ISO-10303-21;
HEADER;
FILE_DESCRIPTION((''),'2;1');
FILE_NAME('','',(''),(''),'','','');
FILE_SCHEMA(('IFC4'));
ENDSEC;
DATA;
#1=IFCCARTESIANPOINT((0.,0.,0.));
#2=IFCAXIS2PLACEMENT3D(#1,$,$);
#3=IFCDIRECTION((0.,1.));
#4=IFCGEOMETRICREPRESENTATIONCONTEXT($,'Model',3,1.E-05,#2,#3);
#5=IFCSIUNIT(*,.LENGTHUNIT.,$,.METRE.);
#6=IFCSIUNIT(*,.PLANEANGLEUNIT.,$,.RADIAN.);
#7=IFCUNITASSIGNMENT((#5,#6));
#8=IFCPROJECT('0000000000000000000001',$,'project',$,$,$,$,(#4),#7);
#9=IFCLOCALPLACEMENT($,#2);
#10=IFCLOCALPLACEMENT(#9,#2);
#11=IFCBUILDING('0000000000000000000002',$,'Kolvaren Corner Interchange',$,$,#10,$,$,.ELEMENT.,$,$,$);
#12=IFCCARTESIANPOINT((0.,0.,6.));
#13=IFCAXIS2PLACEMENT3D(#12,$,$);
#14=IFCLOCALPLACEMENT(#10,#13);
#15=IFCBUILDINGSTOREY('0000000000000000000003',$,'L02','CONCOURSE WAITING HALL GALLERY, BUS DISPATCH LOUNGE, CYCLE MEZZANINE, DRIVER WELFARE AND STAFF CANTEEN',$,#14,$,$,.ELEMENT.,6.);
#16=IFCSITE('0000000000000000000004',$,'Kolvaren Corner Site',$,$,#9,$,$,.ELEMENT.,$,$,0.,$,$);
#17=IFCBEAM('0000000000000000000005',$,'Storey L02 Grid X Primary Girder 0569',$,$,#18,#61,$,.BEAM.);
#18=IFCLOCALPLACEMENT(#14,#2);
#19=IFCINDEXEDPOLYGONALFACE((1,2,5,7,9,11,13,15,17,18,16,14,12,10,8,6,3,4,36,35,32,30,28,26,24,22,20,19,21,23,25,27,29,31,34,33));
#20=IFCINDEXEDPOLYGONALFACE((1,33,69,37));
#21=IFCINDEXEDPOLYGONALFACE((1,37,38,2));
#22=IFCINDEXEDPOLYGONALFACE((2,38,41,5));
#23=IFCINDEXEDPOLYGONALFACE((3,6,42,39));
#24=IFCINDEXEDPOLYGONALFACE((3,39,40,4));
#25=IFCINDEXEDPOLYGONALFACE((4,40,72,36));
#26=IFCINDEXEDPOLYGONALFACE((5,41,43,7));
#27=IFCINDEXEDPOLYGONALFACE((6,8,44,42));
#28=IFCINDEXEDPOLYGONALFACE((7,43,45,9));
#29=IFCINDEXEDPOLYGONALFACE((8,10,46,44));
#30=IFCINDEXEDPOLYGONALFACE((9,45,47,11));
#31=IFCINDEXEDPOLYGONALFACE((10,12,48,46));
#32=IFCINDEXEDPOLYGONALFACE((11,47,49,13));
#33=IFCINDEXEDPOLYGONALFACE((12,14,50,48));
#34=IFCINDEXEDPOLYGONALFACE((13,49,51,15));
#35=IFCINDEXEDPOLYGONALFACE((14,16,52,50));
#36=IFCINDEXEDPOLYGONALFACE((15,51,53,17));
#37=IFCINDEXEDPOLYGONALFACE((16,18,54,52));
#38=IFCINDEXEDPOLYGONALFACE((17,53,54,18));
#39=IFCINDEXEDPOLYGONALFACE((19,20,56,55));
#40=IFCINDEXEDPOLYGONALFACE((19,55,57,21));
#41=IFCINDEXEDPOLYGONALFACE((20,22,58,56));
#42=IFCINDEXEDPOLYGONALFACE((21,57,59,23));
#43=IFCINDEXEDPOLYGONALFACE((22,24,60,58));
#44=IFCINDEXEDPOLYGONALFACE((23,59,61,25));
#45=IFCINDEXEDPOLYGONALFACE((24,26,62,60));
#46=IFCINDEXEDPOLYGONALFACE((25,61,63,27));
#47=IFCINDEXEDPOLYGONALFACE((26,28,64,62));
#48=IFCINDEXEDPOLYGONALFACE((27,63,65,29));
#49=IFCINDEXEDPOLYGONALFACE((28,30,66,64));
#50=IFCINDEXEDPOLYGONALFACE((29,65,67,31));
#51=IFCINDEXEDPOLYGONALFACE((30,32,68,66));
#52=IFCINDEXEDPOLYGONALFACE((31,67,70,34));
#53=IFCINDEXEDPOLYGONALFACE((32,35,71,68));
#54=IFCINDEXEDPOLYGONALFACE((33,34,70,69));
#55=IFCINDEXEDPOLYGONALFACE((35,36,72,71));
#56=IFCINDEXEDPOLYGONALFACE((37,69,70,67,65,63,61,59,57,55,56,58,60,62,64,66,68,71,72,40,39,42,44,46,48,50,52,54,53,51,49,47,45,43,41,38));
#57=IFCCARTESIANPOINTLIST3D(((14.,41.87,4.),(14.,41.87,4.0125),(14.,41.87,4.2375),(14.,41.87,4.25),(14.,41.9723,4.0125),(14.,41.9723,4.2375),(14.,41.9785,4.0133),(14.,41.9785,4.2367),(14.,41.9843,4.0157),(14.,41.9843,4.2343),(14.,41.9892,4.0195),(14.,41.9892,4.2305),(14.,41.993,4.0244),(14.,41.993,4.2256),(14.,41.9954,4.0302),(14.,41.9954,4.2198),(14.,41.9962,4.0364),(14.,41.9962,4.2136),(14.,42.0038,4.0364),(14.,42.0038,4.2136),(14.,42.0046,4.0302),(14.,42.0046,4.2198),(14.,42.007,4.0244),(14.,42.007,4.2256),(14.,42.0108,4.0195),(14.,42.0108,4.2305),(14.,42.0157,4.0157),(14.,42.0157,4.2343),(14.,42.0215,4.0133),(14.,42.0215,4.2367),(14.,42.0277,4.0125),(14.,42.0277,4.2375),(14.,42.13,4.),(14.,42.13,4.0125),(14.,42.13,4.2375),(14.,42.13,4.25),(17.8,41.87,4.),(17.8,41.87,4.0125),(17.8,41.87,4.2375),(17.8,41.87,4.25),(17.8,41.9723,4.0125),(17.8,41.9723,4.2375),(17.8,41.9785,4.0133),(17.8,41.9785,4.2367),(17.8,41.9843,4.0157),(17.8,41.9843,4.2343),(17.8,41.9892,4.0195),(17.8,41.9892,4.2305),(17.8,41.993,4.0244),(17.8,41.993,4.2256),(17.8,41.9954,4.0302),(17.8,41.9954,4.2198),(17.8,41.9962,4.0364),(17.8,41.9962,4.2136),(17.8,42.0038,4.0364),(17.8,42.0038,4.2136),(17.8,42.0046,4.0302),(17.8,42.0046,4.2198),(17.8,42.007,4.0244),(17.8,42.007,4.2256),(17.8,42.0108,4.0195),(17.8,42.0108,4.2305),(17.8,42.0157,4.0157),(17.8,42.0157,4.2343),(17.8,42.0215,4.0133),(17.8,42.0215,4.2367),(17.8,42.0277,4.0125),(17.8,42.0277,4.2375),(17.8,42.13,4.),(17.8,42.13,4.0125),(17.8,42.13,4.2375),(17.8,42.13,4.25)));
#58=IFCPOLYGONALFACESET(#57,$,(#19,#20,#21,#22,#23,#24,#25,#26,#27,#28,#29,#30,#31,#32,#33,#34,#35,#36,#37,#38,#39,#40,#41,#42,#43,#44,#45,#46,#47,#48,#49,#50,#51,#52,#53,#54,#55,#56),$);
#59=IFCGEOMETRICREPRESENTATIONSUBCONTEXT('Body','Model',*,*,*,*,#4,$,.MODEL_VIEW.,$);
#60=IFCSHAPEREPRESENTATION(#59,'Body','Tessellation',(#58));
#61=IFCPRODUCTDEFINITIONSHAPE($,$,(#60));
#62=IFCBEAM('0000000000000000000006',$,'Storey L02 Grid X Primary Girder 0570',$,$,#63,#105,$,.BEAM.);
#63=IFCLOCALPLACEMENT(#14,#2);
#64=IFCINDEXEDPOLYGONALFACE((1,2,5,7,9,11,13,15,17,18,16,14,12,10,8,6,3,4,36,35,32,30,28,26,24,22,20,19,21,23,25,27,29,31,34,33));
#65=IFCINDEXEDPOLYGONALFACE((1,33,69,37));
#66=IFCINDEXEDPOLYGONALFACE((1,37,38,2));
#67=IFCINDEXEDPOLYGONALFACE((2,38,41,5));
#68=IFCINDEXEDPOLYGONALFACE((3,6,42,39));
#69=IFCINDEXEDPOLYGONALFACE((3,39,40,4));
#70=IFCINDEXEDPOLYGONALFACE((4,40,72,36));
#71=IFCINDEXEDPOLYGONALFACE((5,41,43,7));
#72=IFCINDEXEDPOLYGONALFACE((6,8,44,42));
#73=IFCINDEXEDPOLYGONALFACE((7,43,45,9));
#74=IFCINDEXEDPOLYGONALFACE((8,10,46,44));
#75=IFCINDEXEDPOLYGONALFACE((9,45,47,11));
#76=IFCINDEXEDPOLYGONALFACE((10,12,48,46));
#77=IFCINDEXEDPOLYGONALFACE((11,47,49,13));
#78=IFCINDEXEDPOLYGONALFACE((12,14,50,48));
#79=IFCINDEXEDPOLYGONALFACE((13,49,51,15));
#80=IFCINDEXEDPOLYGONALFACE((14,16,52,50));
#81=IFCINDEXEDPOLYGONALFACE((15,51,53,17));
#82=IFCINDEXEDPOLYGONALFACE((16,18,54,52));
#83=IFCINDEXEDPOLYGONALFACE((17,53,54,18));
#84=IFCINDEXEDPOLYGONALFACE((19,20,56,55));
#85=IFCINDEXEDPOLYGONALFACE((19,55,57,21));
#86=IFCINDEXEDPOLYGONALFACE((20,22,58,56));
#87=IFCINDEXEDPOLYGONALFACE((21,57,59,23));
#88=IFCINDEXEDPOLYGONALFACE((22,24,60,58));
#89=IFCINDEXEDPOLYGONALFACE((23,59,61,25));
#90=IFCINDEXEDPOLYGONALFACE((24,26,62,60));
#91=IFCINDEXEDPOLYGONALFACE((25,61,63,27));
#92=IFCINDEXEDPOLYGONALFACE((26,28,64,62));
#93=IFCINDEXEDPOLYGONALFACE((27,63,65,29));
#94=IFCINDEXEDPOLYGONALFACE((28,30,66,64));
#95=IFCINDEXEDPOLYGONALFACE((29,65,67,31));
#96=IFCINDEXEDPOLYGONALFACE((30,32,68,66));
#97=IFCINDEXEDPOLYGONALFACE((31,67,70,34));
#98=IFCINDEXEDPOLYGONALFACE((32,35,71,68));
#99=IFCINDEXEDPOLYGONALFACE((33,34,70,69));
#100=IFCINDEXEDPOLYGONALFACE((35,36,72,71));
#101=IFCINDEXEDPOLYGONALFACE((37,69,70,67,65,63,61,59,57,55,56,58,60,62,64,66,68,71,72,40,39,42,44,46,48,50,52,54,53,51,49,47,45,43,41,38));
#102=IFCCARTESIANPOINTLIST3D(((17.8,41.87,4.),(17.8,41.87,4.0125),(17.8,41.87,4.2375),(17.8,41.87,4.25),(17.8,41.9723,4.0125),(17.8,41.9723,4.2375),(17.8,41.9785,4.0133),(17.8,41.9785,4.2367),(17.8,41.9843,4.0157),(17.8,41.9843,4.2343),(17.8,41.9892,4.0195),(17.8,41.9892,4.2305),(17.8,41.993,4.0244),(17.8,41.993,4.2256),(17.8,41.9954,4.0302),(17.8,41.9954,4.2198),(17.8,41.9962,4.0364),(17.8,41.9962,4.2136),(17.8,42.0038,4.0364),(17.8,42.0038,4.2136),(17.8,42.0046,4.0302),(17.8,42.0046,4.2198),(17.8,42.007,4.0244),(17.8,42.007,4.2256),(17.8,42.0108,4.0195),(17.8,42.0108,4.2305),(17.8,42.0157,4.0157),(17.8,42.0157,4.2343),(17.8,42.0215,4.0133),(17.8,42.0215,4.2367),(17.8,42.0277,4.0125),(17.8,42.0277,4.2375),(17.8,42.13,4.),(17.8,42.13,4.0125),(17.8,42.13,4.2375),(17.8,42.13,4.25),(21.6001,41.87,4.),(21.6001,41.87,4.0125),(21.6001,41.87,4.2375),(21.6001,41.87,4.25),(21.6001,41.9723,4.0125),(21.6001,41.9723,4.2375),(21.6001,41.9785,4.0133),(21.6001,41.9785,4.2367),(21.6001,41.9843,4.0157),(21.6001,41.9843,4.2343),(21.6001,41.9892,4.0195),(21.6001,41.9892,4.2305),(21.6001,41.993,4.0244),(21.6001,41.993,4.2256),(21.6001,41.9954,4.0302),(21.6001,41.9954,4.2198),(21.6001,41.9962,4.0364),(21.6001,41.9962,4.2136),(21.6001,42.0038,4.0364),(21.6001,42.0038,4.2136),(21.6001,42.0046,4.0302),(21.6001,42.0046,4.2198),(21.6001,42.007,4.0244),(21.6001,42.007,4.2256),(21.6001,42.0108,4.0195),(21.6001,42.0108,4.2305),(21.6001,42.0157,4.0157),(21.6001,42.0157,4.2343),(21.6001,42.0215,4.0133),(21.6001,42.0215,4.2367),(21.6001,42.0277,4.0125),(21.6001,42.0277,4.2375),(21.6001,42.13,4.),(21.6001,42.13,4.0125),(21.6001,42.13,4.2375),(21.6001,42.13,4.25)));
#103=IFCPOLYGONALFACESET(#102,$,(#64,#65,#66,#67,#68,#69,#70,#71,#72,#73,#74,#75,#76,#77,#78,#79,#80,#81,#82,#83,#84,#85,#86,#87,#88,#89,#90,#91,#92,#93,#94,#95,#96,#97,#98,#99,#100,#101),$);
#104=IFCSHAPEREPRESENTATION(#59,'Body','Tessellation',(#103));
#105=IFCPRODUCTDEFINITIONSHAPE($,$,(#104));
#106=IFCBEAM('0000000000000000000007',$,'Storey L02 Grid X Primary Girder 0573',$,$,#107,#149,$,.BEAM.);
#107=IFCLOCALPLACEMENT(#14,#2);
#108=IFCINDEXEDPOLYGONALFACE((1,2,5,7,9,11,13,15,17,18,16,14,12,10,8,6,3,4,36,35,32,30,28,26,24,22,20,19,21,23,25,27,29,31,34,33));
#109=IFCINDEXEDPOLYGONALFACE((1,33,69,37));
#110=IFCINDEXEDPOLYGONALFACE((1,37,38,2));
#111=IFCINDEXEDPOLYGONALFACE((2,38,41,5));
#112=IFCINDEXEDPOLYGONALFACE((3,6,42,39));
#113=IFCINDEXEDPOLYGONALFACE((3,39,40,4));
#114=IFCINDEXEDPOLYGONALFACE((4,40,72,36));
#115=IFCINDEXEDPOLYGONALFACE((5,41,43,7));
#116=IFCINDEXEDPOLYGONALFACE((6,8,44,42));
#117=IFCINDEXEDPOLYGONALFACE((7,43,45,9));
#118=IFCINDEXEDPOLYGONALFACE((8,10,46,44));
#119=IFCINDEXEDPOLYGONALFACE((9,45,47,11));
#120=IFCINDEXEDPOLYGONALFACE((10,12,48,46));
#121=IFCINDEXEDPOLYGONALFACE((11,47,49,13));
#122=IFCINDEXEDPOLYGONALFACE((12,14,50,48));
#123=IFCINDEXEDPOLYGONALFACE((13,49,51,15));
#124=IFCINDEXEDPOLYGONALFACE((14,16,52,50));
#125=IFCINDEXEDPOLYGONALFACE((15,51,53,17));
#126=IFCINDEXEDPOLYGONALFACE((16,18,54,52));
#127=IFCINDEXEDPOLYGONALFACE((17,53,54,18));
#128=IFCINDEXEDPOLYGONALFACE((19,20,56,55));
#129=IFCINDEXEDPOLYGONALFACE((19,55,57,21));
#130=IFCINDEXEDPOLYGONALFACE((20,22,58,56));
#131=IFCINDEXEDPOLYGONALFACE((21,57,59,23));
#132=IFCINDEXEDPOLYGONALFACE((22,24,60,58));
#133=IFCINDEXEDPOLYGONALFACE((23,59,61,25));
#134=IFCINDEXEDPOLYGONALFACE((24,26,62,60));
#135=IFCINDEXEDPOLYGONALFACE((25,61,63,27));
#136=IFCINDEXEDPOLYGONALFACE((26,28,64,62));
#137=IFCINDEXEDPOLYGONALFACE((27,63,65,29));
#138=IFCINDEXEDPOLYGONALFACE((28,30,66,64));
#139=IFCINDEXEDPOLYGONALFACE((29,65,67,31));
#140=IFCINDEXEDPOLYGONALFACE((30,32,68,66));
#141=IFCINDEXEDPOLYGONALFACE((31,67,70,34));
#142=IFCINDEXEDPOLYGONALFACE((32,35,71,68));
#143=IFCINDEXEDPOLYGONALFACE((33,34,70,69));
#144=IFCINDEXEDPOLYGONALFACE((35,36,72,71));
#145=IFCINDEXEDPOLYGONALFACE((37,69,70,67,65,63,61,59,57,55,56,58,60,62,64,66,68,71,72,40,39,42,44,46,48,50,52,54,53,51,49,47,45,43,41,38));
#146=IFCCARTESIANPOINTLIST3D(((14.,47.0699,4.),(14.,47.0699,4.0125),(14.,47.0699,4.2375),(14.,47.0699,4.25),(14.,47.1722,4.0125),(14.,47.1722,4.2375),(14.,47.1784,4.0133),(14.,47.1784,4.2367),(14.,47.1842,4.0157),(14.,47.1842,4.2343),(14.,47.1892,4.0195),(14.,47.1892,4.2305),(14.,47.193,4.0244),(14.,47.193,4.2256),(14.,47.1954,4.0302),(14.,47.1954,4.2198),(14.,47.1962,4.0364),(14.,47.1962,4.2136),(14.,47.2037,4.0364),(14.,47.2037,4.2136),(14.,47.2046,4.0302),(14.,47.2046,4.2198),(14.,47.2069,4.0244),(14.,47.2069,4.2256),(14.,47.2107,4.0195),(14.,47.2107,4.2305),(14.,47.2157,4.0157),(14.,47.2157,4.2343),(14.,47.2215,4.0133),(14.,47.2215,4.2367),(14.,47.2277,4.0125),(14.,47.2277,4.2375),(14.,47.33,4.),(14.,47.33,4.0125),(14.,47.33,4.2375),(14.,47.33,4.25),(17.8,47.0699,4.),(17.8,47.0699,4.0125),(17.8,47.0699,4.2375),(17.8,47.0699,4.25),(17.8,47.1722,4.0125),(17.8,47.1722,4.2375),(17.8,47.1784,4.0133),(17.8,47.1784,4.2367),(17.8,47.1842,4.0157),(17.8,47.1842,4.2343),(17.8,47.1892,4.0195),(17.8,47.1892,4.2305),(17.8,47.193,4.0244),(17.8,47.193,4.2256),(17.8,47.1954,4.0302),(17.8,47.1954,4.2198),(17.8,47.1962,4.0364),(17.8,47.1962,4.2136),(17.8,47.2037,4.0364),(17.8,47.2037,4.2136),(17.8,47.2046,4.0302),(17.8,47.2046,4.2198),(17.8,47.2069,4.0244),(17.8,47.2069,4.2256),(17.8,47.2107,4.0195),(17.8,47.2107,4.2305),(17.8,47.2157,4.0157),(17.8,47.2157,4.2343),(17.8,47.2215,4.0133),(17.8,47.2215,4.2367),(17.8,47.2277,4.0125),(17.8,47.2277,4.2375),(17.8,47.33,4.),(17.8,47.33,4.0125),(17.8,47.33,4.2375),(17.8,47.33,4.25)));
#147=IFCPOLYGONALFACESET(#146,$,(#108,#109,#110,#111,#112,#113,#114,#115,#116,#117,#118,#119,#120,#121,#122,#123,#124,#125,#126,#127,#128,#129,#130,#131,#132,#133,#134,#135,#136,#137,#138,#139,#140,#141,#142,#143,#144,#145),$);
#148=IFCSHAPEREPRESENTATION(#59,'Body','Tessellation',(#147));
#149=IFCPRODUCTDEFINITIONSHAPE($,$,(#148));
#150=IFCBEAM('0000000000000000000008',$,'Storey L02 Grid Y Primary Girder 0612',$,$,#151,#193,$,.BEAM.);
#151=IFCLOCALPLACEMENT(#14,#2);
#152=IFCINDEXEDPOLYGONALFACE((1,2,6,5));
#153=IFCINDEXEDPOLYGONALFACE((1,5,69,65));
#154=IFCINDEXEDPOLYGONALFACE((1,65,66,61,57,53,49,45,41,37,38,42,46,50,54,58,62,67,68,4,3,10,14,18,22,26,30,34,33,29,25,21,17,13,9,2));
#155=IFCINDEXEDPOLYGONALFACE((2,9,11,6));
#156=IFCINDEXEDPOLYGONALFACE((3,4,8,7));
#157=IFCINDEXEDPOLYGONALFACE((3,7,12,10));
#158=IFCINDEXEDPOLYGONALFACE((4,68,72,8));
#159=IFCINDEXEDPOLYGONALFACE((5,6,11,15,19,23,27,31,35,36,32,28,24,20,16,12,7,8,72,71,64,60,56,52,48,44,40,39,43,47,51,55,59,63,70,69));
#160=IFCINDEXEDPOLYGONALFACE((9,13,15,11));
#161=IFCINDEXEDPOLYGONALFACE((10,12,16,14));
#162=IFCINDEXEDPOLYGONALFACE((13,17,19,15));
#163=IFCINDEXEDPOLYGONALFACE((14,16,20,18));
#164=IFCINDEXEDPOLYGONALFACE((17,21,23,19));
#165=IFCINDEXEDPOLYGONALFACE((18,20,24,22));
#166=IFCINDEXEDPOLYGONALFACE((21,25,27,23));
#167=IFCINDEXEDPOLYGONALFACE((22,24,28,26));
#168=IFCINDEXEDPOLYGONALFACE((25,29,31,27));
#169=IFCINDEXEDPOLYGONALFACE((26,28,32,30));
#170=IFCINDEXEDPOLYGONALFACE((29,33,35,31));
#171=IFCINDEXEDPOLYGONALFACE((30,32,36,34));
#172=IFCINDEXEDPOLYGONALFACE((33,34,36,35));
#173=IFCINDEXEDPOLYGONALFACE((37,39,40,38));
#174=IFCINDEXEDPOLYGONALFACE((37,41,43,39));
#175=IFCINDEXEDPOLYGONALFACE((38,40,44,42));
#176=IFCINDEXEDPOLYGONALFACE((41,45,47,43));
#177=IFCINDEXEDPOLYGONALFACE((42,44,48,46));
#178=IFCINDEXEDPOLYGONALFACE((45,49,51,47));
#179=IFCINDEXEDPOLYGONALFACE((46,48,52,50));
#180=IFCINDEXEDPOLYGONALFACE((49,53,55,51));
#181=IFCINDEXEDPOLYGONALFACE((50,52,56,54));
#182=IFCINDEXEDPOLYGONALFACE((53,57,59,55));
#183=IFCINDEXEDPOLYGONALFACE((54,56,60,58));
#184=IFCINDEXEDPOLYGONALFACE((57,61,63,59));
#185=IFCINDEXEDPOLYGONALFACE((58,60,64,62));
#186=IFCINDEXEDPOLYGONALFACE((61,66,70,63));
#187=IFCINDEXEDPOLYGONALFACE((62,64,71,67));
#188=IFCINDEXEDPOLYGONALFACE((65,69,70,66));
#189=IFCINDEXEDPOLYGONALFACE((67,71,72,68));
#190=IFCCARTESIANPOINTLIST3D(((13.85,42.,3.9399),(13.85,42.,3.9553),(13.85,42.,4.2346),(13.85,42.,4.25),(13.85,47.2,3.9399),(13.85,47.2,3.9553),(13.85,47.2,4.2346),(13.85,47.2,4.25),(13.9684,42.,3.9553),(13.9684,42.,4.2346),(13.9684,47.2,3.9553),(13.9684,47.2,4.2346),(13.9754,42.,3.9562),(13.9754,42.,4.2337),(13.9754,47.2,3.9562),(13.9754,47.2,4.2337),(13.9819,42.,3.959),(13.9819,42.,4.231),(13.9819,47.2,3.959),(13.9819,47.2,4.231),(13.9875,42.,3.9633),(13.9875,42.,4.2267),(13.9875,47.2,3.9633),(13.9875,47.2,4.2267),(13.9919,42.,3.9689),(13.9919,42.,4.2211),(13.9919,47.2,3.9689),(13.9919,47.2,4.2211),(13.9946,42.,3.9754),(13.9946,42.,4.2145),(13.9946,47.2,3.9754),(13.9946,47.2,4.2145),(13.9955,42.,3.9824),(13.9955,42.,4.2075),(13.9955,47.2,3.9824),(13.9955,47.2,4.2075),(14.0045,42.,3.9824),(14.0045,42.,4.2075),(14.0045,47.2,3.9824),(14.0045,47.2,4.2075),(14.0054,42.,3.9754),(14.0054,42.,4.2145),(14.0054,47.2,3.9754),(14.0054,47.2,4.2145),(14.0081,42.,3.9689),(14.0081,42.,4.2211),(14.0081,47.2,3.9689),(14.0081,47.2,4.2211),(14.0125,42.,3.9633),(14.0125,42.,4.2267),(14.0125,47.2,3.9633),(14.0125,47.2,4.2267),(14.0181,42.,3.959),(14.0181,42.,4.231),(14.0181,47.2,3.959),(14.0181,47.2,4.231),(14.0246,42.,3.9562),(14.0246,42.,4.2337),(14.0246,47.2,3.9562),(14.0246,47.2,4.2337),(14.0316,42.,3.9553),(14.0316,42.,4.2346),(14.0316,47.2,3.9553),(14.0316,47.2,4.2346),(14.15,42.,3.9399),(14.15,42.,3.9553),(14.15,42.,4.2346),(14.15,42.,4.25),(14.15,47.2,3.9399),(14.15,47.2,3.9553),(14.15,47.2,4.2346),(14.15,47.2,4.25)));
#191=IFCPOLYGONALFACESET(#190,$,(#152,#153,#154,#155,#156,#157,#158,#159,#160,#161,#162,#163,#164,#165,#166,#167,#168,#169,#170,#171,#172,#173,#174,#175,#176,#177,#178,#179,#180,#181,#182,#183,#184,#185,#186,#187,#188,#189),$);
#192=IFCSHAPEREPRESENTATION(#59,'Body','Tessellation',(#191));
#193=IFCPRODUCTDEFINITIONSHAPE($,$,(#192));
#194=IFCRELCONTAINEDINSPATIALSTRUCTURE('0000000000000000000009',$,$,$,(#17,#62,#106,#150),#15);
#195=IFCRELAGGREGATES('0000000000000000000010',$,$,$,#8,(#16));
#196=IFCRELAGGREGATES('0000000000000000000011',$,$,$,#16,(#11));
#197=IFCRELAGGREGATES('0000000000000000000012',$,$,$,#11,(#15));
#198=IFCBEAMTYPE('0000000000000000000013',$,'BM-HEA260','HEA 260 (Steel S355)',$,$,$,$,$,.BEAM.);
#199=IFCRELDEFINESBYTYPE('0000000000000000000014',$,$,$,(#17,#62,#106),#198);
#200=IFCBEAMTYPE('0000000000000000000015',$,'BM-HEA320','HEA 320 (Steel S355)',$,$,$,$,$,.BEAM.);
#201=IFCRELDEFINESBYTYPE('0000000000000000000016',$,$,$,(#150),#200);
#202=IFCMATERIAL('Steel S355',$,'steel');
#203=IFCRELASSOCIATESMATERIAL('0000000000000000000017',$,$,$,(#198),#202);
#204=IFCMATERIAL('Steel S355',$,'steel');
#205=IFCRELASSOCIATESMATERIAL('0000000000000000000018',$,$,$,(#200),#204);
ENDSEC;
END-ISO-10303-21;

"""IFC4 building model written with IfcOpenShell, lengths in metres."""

from ifc_helpers import new_model, si_unit, direction, frame, origin, origin_2d, place, context, subcontext, project, spatial, i_section, extrude, material, material_profile, profile_set, type_object, element, save


model = new_model("IFC4")

# Units and contexts
model_context = context("Model", 3, precision=1e-05, world=origin(), true_north=direction((0.0, 1.0)))
body_context = subcontext(model_context, "Body", "Model", "MODEL_VIEW")
ifc_project = project(units=[si_unit("LENGTHUNIT", "METRE"), si_unit("PLANEANGLEUNIT", "RADIAN")], contexts=[model_context])

# Site, building, storey
site_placement = place(None, origin())
site = spatial("IfcSite", under=ifc_project, at=site_placement, Name="Kolvaren Corner Site", CompositionType="ELEMENT", RefElevation=0.0)
building_placement = place(site_placement, origin())
building = spatial("IfcBuilding", under=site, at=building_placement, Name="Kolvaren Corner Interchange", CompositionType="ELEMENT")
storey_placement = place(building_placement, frame((0.0, 0.0, 6.0)))
storey = spatial("IfcBuildingStorey", under=building, at=storey_placement, Name="L02", Description="CONCOURSE WAITING HALL GALLERY, BUS DISPATCH LOUNGE, CYCLE MEZZANINE, DRIVER WELFARE AND STAFF CANTEEN", CompositionType="ELEMENT", Elevation=6.0)

# Beams
ifc_material_1 = material(Name="Steel S355", Category="steel")
ifc_material_profile_1 = material_profile(ifc_material_1, i_section(OverallWidth=0.26, OverallDepth=0.25, WebThickness=0.0076, FlangeThickness=0.0125, FilletRadius=0.0239, at=origin_2d()), Name="HEA 260")
ifc_profile_set_1 = profile_set([ifc_material_profile_1], Name="Steel S355")
beam_type_1 = type_object("IfcBeamType", Name="BM-HEA260", Description="HEA 260 (Steel S355)", PredefinedType="BEAM", material=ifc_profile_set_1)
for number, where, z_axis, x_axis, name in (
    (1, (14.0, 42.0, 4.125), (1.0, 0.0, 0.0), (0.0, 1.0, 0.0), "Storey L02 Grid X Primary Girder 0569"),
    (2, (17.8, 42.0, 4.125), (1.0, 0.0, 0.0), (0.0, 1.0, 0.0), "Storey L02 Grid X Primary Girder 0570"),
    (3, (14.0, 47.2, 4.125), (1.0, 0.0, 0.0), (0.0, 1.0, 0.0), "Storey L02 Grid X Primary Girder 0573"),
):
    element("IfcBeam", number, at=place(storey_placement, frame(where, z_axis=z_axis, x_axis=x_axis)), inside=storey, type_object=beam_type_1, Name=name, PredefinedType="BEAM", context=body_context, shape_type="SweptSolid", body=[
        extrude(i_section(OverallWidth=0.26, OverallDepth=0.25, WebThickness=0.0076, FlangeThickness=0.0125, FilletRadius=0.0239, at=origin_2d()), origin(), (0.0, 0.0, 1.0), 3.8),
    ])
ifc_material_2 = material(Name="Steel S355", Category="steel")
ifc_material_profile_2 = material_profile(ifc_material_2, i_section(OverallWidth=0.3, OverallDepth=0.3101, WebThickness=0.009, FlangeThickness=0.0154, FilletRadius=0.0271, at=origin_2d()), Name="HEA 320")
ifc_profile_set_2 = profile_set([ifc_material_profile_2], Name="Steel S355")
beam_type_2 = type_object("IfcBeamType", Name="BM-HEA320", Description="HEA 320 (Steel S355)", PredefinedType="BEAM", material=ifc_profile_set_2)
for number, where, z_axis, x_axis, name in (
    (4, (14.0, 42.0, 4.095), (0.0, 1.0, 0.0), (-1.0, 0.0, 0.0), "Storey L02 Grid Y Primary Girder 0612"),
):
    element("IfcBeam", number, at=place(storey_placement, frame(where, z_axis=z_axis, x_axis=x_axis)), inside=storey, type_object=beam_type_2, Name=name, PredefinedType="BEAM", context=body_context, shape_type="SweptSolid", body=[
        extrude(i_section(OverallWidth=0.3, OverallDepth=0.3101, WebThickness=0.009, FlangeThickness=0.0154, FilletRadius=0.0271, at=origin_2d()), origin(), (0.0, 0.0, 1.0), 5.2),
    ])

save(model, "model.ifc")
